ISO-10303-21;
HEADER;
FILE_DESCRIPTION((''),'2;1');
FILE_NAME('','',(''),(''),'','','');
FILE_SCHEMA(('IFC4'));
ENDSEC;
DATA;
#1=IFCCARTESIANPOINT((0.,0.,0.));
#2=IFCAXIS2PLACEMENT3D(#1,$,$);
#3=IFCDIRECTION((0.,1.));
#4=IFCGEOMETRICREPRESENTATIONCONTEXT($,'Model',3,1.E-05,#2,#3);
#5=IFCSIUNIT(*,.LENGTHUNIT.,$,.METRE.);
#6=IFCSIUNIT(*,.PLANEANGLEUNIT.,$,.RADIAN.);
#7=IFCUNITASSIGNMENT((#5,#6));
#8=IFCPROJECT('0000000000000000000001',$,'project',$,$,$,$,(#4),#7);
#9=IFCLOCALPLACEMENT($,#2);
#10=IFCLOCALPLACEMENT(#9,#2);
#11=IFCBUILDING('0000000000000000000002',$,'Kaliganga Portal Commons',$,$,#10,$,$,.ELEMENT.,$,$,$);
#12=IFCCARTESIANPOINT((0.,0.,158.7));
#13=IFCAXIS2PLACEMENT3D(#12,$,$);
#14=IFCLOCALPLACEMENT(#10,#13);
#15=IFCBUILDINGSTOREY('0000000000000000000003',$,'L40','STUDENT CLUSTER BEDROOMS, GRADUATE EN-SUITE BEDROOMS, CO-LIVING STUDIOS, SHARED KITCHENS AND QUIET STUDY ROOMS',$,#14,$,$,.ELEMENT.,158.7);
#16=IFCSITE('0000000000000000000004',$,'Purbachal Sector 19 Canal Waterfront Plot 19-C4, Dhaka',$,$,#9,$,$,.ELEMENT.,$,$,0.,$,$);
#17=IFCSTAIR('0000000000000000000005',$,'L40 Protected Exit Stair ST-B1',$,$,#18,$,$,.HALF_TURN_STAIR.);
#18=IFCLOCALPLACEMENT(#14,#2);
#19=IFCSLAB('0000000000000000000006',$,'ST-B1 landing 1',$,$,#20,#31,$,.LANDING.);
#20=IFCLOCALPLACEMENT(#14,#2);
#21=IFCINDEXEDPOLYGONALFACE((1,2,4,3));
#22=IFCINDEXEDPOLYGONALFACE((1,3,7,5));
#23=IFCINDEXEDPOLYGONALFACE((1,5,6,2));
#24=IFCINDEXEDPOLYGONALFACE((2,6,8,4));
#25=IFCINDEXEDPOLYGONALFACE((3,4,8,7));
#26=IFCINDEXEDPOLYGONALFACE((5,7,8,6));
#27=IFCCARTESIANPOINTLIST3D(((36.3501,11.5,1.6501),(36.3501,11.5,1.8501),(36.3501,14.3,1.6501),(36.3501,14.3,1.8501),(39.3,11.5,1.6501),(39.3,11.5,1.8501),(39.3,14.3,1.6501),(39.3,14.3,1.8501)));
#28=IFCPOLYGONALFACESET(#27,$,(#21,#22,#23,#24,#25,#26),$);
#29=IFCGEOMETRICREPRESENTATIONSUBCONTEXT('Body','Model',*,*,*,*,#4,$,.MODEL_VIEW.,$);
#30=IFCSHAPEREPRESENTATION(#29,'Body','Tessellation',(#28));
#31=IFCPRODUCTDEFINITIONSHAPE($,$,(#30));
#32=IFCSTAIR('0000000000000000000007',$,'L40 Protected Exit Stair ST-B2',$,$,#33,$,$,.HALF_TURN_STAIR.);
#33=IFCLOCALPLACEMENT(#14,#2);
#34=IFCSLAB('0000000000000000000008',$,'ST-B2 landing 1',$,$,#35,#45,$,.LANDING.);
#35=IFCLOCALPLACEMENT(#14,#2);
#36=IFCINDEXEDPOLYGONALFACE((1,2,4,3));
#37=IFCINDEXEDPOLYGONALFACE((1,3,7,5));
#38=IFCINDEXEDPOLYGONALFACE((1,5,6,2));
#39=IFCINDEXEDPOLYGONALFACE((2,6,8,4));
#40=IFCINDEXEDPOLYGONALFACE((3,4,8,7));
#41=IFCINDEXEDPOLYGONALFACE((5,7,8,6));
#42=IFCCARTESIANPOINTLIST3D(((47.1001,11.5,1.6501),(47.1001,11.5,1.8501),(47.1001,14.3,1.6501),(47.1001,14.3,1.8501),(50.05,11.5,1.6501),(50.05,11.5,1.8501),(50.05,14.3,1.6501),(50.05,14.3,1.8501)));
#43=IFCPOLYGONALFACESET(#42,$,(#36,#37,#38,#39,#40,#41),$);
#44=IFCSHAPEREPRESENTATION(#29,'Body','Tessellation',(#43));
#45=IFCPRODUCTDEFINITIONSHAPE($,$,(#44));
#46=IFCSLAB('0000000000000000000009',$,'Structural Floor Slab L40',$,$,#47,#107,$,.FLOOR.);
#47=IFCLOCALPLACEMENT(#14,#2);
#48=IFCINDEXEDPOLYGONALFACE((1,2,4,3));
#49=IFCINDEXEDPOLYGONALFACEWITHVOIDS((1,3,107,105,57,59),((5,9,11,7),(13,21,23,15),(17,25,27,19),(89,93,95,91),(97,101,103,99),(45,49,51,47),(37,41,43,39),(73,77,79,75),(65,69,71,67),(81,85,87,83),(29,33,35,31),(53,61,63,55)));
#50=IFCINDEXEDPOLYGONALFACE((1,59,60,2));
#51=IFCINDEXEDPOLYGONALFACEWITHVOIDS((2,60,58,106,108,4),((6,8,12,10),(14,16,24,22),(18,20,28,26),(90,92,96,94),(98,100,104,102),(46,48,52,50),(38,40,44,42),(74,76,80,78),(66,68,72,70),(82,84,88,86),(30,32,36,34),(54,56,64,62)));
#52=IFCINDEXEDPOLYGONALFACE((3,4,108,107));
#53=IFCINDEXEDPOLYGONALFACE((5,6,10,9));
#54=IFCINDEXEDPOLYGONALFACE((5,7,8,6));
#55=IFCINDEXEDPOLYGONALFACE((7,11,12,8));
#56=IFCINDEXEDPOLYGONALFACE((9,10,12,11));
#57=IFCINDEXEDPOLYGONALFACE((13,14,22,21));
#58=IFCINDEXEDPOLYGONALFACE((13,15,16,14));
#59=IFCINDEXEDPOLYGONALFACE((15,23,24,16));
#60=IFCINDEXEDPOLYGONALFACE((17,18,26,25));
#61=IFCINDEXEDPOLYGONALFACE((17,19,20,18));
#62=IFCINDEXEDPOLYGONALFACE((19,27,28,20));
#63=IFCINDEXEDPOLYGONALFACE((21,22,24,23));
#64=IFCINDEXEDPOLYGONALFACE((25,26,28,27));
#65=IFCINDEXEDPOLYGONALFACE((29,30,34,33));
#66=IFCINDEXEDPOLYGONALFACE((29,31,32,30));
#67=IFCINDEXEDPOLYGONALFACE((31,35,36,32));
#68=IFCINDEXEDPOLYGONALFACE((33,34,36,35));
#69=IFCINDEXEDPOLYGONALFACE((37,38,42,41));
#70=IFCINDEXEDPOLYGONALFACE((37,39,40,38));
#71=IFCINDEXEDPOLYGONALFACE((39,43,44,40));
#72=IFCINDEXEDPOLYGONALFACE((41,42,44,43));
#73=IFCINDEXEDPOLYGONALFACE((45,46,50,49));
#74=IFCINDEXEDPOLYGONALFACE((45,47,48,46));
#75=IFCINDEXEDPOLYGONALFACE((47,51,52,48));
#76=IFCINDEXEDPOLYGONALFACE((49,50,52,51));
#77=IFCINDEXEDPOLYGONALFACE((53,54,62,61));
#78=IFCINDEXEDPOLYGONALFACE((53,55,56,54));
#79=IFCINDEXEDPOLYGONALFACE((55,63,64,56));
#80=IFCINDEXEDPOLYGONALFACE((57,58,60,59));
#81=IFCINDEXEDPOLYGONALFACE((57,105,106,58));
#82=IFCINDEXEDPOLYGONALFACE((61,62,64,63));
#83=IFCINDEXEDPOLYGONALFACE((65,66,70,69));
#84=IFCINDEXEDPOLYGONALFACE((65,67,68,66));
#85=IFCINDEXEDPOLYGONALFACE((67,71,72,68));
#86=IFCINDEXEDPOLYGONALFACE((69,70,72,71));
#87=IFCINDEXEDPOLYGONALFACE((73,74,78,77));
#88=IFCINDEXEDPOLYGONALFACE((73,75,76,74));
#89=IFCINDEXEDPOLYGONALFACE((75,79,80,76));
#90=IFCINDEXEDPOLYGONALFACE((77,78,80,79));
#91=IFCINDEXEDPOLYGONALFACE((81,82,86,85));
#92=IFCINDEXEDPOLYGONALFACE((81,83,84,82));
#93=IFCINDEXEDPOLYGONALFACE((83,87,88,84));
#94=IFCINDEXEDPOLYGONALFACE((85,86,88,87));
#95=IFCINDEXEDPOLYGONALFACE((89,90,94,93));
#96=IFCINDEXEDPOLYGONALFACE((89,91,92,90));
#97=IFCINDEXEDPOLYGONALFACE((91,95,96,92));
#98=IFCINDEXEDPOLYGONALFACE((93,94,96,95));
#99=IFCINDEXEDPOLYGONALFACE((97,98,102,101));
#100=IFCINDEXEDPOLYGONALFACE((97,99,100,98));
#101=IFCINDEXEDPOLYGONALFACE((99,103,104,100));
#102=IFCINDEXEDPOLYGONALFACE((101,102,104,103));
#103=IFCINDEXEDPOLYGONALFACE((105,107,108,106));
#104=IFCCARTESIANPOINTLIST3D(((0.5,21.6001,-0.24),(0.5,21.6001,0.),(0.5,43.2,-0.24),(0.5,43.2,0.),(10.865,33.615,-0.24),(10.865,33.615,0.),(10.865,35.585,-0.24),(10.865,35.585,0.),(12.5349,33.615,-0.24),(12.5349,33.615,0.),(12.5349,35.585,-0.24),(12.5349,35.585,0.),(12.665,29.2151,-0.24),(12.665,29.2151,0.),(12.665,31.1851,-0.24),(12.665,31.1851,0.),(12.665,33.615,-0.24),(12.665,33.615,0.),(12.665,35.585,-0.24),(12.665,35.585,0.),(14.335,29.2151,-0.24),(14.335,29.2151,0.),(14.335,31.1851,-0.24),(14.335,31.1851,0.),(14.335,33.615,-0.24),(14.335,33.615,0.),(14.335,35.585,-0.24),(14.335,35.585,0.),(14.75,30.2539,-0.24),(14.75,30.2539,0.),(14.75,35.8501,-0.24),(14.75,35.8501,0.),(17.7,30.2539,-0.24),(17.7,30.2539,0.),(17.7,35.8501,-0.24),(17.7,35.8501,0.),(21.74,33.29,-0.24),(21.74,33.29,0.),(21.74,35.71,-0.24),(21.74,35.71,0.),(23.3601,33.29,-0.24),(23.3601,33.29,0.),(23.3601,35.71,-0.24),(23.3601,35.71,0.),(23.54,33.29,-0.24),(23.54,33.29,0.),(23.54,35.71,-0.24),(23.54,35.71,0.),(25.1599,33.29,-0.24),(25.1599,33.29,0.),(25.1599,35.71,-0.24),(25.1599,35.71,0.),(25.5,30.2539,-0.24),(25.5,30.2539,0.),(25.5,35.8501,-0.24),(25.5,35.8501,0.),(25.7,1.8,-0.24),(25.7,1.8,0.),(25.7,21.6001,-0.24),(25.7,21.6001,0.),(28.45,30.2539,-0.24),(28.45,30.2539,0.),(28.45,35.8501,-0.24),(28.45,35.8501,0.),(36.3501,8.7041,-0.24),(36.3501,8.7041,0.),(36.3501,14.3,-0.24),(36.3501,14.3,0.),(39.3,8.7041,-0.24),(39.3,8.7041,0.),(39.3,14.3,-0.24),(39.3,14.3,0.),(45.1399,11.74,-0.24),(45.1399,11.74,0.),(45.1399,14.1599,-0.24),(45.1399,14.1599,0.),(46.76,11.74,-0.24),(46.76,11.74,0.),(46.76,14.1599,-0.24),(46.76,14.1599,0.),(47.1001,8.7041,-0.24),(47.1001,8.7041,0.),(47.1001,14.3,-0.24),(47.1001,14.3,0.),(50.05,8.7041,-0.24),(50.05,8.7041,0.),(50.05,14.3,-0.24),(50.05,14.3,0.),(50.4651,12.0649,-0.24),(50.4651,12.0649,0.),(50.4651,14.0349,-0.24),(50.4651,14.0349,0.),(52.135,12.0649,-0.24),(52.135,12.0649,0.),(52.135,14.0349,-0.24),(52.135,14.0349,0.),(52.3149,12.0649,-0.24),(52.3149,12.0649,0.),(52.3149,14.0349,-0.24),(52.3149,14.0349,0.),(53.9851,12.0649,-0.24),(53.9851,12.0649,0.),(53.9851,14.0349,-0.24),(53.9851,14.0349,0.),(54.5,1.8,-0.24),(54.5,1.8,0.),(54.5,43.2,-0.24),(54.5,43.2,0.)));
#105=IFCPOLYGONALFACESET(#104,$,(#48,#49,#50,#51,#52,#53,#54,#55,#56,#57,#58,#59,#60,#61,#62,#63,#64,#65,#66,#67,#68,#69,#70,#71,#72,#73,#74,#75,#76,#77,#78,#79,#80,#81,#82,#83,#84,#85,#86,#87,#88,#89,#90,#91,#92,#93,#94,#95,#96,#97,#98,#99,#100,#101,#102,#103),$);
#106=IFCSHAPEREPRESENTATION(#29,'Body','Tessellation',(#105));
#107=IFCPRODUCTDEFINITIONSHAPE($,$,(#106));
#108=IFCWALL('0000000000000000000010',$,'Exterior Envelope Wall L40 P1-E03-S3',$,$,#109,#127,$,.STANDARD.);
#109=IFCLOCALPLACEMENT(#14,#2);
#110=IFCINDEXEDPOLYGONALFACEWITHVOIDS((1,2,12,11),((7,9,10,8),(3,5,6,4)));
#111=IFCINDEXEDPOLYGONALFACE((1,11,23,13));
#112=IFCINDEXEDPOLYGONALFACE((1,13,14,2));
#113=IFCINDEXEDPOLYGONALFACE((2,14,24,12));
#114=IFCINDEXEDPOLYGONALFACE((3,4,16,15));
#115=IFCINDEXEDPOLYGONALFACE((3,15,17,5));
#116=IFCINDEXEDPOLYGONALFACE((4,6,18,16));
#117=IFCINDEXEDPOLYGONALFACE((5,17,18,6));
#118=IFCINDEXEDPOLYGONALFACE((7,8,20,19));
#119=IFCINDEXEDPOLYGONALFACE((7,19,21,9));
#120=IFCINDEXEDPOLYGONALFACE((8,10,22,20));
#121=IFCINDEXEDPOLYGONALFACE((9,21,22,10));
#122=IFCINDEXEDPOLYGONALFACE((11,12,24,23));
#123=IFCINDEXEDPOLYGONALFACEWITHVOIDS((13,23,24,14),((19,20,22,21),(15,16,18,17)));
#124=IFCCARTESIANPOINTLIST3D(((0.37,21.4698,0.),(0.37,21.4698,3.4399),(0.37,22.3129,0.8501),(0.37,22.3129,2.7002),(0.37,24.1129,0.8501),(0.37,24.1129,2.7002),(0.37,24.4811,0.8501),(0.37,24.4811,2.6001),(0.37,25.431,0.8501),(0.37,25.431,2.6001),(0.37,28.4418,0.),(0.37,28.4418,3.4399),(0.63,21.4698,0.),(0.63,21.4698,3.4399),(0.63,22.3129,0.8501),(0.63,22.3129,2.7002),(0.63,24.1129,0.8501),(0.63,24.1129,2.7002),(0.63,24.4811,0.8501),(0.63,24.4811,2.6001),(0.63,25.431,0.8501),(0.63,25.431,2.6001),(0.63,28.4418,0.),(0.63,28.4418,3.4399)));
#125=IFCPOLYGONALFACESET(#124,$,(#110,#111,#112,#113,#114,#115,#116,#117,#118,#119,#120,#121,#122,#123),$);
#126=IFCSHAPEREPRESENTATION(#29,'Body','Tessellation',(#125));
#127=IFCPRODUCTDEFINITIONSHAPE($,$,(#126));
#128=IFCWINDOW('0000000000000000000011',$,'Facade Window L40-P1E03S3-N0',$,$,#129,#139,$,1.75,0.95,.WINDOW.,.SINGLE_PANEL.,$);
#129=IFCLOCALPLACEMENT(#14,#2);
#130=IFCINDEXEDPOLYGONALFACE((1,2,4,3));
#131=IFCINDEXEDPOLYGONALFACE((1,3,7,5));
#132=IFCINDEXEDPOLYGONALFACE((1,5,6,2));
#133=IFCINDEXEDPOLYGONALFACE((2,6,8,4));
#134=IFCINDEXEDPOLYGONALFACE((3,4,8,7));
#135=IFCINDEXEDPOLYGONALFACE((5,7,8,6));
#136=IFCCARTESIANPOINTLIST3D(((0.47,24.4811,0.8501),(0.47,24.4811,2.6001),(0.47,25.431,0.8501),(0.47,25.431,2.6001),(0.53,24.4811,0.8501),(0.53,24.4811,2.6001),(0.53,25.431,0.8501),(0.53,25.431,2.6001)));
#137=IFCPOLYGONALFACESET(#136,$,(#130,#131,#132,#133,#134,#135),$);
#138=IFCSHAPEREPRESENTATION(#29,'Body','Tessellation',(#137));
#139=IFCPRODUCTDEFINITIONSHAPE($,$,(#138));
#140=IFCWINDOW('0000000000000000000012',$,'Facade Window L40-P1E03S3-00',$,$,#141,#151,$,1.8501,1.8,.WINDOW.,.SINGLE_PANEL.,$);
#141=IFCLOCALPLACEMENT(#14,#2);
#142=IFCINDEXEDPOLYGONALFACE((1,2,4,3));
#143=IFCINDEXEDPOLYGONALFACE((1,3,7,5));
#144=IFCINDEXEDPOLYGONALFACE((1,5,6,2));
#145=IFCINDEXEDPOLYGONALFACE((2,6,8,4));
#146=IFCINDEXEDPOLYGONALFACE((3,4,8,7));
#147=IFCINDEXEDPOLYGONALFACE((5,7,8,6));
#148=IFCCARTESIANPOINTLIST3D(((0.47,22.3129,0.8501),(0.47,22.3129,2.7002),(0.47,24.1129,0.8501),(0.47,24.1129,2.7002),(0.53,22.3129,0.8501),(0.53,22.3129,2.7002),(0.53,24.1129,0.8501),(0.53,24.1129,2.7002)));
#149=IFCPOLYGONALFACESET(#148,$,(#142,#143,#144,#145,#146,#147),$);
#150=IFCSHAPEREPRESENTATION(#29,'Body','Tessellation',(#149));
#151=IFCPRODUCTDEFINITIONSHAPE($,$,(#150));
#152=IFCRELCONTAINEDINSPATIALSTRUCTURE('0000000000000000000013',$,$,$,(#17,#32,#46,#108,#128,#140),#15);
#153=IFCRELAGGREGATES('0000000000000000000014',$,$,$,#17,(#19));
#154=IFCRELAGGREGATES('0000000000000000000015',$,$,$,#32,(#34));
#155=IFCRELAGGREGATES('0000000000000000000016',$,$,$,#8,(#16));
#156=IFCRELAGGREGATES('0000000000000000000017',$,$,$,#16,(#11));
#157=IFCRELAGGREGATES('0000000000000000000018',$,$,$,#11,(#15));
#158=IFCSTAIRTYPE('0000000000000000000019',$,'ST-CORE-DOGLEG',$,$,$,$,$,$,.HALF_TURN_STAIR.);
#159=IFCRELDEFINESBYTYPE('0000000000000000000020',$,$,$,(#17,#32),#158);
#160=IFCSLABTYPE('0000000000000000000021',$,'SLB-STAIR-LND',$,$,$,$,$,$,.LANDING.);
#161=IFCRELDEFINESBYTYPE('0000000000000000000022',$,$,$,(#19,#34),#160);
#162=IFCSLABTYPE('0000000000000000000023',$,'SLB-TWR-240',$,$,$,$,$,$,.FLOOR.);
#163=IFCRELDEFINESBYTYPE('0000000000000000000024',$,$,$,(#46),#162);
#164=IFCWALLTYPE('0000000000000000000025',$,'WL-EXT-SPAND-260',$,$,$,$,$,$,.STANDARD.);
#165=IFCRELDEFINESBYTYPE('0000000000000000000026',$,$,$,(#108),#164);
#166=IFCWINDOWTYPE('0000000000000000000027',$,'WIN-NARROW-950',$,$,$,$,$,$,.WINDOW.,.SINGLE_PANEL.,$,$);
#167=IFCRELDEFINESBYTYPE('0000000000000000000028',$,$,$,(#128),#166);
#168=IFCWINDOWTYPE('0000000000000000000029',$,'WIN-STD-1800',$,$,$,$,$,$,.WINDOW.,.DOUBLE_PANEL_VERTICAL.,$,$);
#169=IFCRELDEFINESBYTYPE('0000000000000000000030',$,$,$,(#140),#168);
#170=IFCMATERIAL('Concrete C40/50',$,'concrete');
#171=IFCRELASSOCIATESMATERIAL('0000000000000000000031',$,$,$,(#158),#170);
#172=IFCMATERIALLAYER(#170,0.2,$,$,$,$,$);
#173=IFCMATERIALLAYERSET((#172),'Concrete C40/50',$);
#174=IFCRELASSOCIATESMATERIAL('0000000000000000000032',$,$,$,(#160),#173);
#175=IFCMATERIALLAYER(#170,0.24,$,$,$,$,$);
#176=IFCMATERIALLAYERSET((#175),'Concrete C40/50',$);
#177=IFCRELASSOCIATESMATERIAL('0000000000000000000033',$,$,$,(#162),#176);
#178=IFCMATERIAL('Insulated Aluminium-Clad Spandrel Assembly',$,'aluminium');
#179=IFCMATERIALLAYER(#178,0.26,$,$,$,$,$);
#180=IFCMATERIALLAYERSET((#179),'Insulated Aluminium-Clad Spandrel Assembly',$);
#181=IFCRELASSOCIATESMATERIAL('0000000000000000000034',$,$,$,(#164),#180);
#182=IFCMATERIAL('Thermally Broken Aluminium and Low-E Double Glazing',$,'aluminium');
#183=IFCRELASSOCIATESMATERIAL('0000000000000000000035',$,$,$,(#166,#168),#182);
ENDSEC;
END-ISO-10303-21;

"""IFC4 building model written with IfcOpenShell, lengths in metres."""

from ifc_helpers import new_model, si_unit, direction, frame, frame_2d, origin, place, context, subcontext, project, spatial, polyline, rectangle, outline, extrude, material, layer, layer_set, type_object, element, fill, aggregate, save


model = new_model("IFC4")

# Units and contexts
model_context = context("Model", 3, precision=1e-05, world=origin(), true_north=direction((0.0, 1.0)))
body_context = subcontext(model_context, "Body", "Model", "MODEL_VIEW")
ifc_project = project(units=[si_unit("LENGTHUNIT", "METRE"), si_unit("PLANEANGLEUNIT", "RADIAN")], contexts=[model_context])

# Site, building, storey
site_placement = place(None, origin())
site = spatial("IfcSite", under=ifc_project, at=site_placement, Name="Purbachal Sector 19 Canal Waterfront Plot 19-C4, Dhaka", CompositionType="ELEMENT", RefElevation=0.0)
building_placement = place(site_placement, origin())
building = spatial("IfcBuilding", under=site, at=building_placement, Name="Kaliganga Portal Commons", CompositionType="ELEMENT")
storey_placement = place(building_placement, frame((0.0, 0.0, 158.7)))
storey = spatial("IfcBuildingStorey", under=building, at=storey_placement, Name="L40", Description="STUDENT CLUSTER BEDROOMS, GRADUATE EN-SUITE BEDROOMS, CO-LIVING STUDIOS, SHARED KITCHENS AND QUIET STUDY ROOMS", CompositionType="ELEMENT", Elevation=158.7)

# Shared definitions
ifc_material_1 = material(Name="Concrete C40/50", Category="concrete")

# Stairs, slabs
stair_type = type_object("IfcStairType", Name="ST-CORE-DOGLEG", PredefinedType="HALF_TURN_STAIR", material=ifc_material_1)
ifc_layer_1 = layer(ifc_material_1, 0.2)
ifc_layer_set_1 = layer_set([ifc_layer_1], Name="Concrete C40/50")
slab_type_1 = type_object("IfcSlabType", Name="SLB-STAIR-LND", PredefinedType="LANDING", material=ifc_layer_set_1)
stair_1_placement = place(storey_placement, origin())
stair_1 = element("IfcStair", 1, at=stair_1_placement, inside=storey, type_object=stair_type, Name="L40 Protected Exit Stair ST-B1", PredefinedType="HALF_TURN_STAIR")
slab_1_placement = place(storey_placement, frame((0.0, 0.0, 1.6501)))
slab_1 = element("IfcSlab", 2, at=slab_1_placement, type_object=slab_type_1, Name="ST-B1 landing 1", PredefinedType="LANDING", context=body_context, shape_type="SweptSolid", body=[
    extrude(outline(polyline([(39.3, 11.5), (39.3, 14.3), (36.3501, 14.3), (36.3501, 11.5), (39.3, 11.5)])), origin(), (0.0, 0.0, 1.0), 0.2),
])
aggregate(stair_1, [slab_1])
stair_2_placement = place(storey_placement, origin())
stair_2 = element("IfcStair", 3, at=stair_2_placement, inside=storey, type_object=stair_type, Name="L40 Protected Exit Stair ST-B2", PredefinedType="HALF_TURN_STAIR")
slab_2_placement = place(storey_placement, frame((0.0, 0.0, 1.6501)))
slab_2 = element("IfcSlab", 4, at=slab_2_placement, type_object=slab_type_1, Name="ST-B2 landing 1", PredefinedType="LANDING", context=body_context, shape_type="SweptSolid", body=[
    extrude(outline(polyline([(50.05, 11.5), (50.05, 14.3), (47.1001, 14.3), (47.1001, 11.5), (50.05, 11.5)])), origin(), (0.0, 0.0, 1.0), 0.2),
])
aggregate(stair_2, [slab_2])

# Slab
ifc_layer_2 = layer(ifc_material_1, 0.24)
ifc_layer_set_2 = layer_set([ifc_layer_2], Name="Concrete C40/50")
slab_type_2 = type_object("IfcSlabType", Name="SLB-TWR-240", PredefinedType="FLOOR", material=ifc_layer_set_2)
slab_3_placement = place(storey_placement, frame((0.0, 0.0, -0.24)))
element("IfcSlab", 5, at=slab_3_placement, inside=storey, type_object=slab_type_2, Name="Structural Floor Slab L40", PredefinedType="FLOOR", context=body_context, shape_type="SweptSolid", body=[
    extrude(outline(polyline([(25.7, 1.8), (54.5, 1.8), (54.5, 43.2), (0.5, 43.2), (0.5, 21.6001), (25.7, 21.6001), (25.7, 1.8)]), holes=[polyline([(14.75, 30.2539), (14.75, 35.8501), (17.7, 35.8501), (17.7, 30.2539), (14.75, 30.2539)]), polyline([(25.5, 30.2539), (25.5, 35.8501), (28.45, 35.8501), (28.45, 30.2539), (25.5, 30.2539)]), polyline([(36.3501, 8.7041), (36.3501, 14.3), (39.3, 14.3), (39.3, 8.7041), (36.3501, 8.7041)]), polyline([(47.1001, 8.7041), (47.1001, 14.3), (50.05, 14.3), (50.05, 8.7041), (47.1001, 8.7041)]), polyline([(12.665, 33.615), (12.665, 35.585), (14.335, 35.585), (14.335, 33.615), (12.665, 33.615)]), polyline([(12.665, 29.2151), (12.665, 31.1851), (14.335, 31.1851), (14.335, 29.2151), (12.665, 29.2151)]), polyline([(10.865, 33.615), (10.865, 35.585), (12.5349, 35.585), (12.5349, 33.615), (10.865, 33.615)]), polyline([(21.74, 33.29), (21.74, 35.71), (23.3601, 35.71), (23.3601, 33.29), (21.74, 33.29)]), polyline([(23.54, 33.29), (23.54, 35.71), (25.1599, 35.71), (25.1599, 33.29), (23.54, 33.29)]), polyline([(50.4651, 12.0649), (50.4651, 14.0349), (52.135, 14.0349), (52.135, 12.0649), (50.4651, 12.0649)]), polyline([(52.3149, 12.0649), (52.3149, 14.0349), (53.9851, 14.0349), (53.9851, 12.0649), (52.3149, 12.0649)]), polyline([(45.1399, 11.74), (45.1399, 14.1599), (46.76, 14.1599), (46.76, 11.74), (45.1399, 11.74)])]), origin(), (0.0, 0.0, 1.0), 0.24),
])

# Wall, openings, windows
ifc_material_2 = material(Name="Insulated Aluminium-Clad Spandrel Assembly", Category="aluminium")
ifc_layer_3 = layer(ifc_material_2, 0.26)
ifc_layer_set_3 = layer_set([ifc_layer_3], Name="Insulated Aluminium-Clad Spandrel Assembly")
wall_type_1 = type_object("IfcWallType", Name="WL-EXT-SPAND-260", PredefinedType="STANDARD", material=ifc_layer_set_3)
wall_1_placement = place(storey_placement, frame((0.5, 21.47, 0.0), z_axis=(0.0, 0.0, 1.0), x_axis=(0.0, 1.0, 0.0)))
wall_1 = element("IfcWall", 6, at=wall_1_placement, inside=storey, type_object=wall_type_1, Name="Exterior Envelope Wall L40 P1-E03-S3", PredefinedType="STANDARD", context=body_context, shape_type="SweptSolid", body=[
    extrude(rectangle(XDim=6.9719, YDim=0.26, at=frame_2d((3.4858, 0.0))), origin(), (0.0, 0.0, 1.0), 3.4399),
])
opening_1_placement = place(wall_1_placement, frame((0.843, 0.0, 0.8501)))
opening_1 = element("IfcOpeningElement", 7, at=opening_1_placement, cuts=wall_1, PredefinedType="OPENING", context=body_context, shape_type="SweptSolid", body=[
    extrude(rectangle(XDim=1.8, YDim=1.8501, at=frame_2d((0.8999, 0.925))), frame((0.0, 0.1401, 0.0), z_axis=(0.0, -1.0, 0.0), x_axis=(1.0, 0.0, 0.0)), (0.0, 0.0, 1.0), 0.28),
])
opening_2_placement = place(wall_1_placement, frame((3.011, 0.0, 0.8501)))
opening_2 = element("IfcOpeningElement", 8, at=opening_2_placement, cuts=wall_1, PredefinedType="OPENING", context=body_context, shape_type="SweptSolid", body=[
    extrude(rectangle(XDim=0.95, YDim=1.75, at=frame_2d((0.4751, 0.875))), frame((0.0, 0.1401, 0.0), z_axis=(0.0, -1.0, 0.0), x_axis=(1.0, 0.0, 0.0)), (0.0, 0.0, 1.0), 0.28),
])
ifc_material_3 = material(Name="Thermally Broken Aluminium and Low-E Double Glazing", Category="aluminium")
window_type_1 = type_object("IfcWindowType", Name="WIN-NARROW-950", PartitioningType="SINGLE_PANEL", PredefinedType="WINDOW", material=ifc_material_3)
window_1_placement = place(opening_2_placement, origin())
window_1 = element("IfcWindow", 9, at=window_1_placement, inside=storey, type_object=window_type_1, Name="Facade Window L40-P1E03S3-N0", OverallHeight=1.75, OverallWidth=0.95, PartitioningType="SINGLE_PANEL", PredefinedType="WINDOW", context=body_context, shape_type="SweptSolid", body=[
    extrude(rectangle(XDim=0.95, YDim=1.75, at=frame_2d((0.4751, 0.875))), frame((0.0, 0.03, 0.0), z_axis=(0.0, -1.0, 0.0), x_axis=(1.0, 0.0, 0.0)), (0.0, 0.0, 1.0), 0.0601),
])
fill(opening_2, window_1)
window_type_2 = type_object("IfcWindowType", Name="WIN-STD-1800", PartitioningType="DOUBLE_PANEL_VERTICAL", PredefinedType="WINDOW", material=ifc_material_3)
window_2_placement = place(opening_1_placement, origin())
window_2 = element("IfcWindow", 10, at=window_2_placement, inside=storey, type_object=window_type_2, Name="Facade Window L40-P1E03S3-00", OverallHeight=1.8501, OverallWidth=1.8, PartitioningType="SINGLE_PANEL", PredefinedType="WINDOW", context=body_context, shape_type="SweptSolid", body=[
    extrude(rectangle(XDim=1.8, YDim=1.8501, at=frame_2d((0.8999, 0.925))), frame((0.0, 0.03, 0.0), z_axis=(0.0, -1.0, 0.0), x_axis=(1.0, 0.0, 0.0)), (0.0, 0.0, 1.0), 0.0601),
])
fill(opening_1, window_2)

save(model, "model.ifc")
